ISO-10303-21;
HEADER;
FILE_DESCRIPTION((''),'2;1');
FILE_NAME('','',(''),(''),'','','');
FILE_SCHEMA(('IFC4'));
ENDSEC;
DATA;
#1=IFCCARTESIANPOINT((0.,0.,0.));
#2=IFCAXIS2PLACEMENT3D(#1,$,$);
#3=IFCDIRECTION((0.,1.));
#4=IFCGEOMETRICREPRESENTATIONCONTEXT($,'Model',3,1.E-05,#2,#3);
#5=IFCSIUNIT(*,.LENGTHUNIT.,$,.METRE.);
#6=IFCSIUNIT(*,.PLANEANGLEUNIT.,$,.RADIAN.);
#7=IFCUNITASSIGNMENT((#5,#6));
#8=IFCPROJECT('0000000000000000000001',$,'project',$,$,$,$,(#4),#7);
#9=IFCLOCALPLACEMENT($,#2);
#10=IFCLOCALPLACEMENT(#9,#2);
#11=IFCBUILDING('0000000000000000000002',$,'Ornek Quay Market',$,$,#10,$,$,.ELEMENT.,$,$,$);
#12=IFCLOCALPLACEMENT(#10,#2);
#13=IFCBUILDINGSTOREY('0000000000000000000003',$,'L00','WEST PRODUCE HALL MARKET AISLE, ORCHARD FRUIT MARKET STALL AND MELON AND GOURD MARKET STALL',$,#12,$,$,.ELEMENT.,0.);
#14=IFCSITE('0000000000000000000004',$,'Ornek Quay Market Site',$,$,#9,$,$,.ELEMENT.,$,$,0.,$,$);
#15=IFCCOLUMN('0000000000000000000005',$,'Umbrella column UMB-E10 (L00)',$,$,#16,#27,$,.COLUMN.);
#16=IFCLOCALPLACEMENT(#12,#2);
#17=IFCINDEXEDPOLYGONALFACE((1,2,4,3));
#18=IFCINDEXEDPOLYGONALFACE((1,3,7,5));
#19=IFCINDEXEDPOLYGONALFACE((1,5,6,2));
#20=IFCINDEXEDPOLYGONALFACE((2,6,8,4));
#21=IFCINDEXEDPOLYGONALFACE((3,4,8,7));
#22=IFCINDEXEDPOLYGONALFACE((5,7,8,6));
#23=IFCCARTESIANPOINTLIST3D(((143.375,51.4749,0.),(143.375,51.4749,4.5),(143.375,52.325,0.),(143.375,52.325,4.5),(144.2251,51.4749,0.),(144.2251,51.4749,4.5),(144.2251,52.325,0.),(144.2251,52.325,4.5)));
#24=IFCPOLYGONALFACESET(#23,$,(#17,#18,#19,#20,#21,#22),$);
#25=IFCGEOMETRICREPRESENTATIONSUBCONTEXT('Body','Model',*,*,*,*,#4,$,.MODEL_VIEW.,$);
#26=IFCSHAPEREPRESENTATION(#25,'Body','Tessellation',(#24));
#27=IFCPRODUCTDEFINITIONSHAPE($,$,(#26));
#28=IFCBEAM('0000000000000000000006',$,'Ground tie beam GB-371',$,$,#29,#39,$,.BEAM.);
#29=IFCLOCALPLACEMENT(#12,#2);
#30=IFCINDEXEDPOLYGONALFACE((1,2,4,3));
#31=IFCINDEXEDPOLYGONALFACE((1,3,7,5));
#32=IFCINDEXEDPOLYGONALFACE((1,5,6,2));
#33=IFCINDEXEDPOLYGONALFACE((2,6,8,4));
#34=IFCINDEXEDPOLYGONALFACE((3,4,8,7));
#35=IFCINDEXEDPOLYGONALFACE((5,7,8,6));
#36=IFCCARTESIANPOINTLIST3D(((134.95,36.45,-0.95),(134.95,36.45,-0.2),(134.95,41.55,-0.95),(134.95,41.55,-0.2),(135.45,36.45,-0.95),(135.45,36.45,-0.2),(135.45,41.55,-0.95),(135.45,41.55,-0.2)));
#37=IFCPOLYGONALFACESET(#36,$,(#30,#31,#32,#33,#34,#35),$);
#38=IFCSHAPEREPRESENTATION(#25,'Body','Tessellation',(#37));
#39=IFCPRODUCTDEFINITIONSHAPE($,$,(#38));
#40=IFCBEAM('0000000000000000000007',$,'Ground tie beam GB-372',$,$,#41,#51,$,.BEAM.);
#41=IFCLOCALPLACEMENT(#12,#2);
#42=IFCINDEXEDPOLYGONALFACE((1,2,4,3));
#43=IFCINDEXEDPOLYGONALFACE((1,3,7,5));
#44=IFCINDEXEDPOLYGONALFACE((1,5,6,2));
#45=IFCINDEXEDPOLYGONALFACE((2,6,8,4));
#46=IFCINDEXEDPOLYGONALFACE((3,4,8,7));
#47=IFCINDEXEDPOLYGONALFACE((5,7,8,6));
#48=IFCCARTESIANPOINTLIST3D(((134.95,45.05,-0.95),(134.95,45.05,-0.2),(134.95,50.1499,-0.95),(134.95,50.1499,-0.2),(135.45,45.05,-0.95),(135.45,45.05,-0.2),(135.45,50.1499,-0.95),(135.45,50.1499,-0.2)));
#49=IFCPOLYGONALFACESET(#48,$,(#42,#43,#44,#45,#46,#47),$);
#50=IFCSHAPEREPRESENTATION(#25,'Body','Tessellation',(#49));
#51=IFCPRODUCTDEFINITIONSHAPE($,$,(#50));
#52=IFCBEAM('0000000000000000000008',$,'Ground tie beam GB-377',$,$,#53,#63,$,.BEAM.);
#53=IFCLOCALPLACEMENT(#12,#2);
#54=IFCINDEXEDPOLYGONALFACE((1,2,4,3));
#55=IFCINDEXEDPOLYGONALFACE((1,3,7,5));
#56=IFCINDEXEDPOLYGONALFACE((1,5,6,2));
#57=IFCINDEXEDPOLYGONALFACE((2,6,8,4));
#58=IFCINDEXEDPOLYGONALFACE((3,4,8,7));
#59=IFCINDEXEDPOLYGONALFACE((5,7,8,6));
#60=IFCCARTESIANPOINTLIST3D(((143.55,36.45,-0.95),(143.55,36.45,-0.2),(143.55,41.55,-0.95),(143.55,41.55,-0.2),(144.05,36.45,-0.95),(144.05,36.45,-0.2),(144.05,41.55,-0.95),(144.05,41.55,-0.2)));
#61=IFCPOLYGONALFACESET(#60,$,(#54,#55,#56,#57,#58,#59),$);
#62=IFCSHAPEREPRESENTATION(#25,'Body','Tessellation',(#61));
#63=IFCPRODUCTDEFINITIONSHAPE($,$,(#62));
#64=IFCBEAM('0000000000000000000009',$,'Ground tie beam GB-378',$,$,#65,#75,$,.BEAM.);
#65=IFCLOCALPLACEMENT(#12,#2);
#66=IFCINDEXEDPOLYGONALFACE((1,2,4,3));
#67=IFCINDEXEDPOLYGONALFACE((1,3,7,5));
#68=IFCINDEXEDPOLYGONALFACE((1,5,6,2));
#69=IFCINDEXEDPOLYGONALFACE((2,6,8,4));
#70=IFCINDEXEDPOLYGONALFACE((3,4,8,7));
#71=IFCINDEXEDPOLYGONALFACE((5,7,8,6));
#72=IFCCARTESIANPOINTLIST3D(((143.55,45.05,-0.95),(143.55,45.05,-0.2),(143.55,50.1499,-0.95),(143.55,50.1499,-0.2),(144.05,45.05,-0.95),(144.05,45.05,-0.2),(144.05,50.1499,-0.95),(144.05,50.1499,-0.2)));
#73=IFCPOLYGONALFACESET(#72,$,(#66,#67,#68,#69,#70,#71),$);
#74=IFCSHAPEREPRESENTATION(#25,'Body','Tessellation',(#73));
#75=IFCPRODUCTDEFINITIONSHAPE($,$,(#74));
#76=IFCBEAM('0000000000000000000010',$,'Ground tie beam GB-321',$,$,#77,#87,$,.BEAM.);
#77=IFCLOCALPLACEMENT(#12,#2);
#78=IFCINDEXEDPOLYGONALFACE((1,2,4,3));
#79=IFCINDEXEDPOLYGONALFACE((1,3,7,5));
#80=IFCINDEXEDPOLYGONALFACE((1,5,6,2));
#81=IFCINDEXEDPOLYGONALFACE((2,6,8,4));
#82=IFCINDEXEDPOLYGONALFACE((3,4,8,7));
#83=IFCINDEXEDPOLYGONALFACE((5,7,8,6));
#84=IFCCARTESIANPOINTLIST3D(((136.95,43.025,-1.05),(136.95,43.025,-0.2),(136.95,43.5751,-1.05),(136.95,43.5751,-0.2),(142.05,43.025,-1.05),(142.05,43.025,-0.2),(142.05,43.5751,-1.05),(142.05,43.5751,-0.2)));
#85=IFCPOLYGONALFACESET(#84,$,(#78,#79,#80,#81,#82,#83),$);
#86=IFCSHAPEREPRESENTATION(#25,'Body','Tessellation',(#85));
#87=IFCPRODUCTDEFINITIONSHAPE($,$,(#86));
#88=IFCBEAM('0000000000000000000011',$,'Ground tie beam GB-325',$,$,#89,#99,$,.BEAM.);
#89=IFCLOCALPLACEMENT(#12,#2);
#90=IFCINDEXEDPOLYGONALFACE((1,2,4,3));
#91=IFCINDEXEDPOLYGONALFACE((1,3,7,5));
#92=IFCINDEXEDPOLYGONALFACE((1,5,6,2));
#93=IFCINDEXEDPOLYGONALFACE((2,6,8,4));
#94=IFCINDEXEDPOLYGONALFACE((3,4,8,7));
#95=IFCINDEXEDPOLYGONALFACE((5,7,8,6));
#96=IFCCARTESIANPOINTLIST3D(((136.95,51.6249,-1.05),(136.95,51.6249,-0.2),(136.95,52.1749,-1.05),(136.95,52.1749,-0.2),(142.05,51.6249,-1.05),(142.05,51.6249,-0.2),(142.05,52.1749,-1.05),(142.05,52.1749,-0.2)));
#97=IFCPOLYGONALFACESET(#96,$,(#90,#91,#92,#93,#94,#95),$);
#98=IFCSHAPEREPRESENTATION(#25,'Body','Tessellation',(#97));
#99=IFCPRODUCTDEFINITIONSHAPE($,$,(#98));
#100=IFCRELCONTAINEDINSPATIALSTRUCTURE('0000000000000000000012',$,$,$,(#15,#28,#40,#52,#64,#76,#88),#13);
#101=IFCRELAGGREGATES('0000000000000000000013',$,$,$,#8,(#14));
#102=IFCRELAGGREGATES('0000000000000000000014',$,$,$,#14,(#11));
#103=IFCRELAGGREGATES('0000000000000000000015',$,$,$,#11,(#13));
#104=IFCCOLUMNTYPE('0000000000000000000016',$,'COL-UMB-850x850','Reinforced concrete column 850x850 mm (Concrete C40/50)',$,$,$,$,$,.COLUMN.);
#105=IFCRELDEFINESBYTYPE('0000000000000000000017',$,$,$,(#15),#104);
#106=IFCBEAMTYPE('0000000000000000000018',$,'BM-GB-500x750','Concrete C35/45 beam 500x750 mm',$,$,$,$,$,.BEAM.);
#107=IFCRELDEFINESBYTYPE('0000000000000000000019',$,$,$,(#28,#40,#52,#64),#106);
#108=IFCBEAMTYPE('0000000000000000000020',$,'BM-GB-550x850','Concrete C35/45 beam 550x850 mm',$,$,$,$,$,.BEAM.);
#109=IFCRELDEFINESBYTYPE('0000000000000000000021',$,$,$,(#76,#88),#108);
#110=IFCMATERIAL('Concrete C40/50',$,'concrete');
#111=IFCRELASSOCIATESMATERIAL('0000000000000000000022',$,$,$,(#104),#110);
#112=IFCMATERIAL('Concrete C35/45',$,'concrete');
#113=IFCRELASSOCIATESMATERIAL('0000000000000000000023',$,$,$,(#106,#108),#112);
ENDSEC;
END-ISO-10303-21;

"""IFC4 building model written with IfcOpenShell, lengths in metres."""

from ifc_helpers import new_model, si_unit, direction, frame, origin, origin_2d, place, context, subcontext, project, spatial, rectangle, extrude, material, material_profile, profile_set, type_object, element, save


model = new_model("IFC4")

# Units and contexts
model_context = context("Model", 3, precision=1e-05, world=origin(), true_north=direction((0.0, 1.0)))
body_context = subcontext(model_context, "Body", "Model", "MODEL_VIEW")
ifc_project = project(units=[si_unit("LENGTHUNIT", "METRE"), si_unit("PLANEANGLEUNIT", "RADIAN")], contexts=[model_context])

# Site, building, storey
site_placement = place(None, origin())
site = spatial("IfcSite", under=ifc_project, at=site_placement, Name="Ornek Quay Market Site", CompositionType="ELEMENT", RefElevation=0.0)
building_placement = place(site_placement, origin())
building = spatial("IfcBuilding", under=site, at=building_placement, Name="Ornek Quay Market", CompositionType="ELEMENT")
storey_placement = place(building_placement, origin())
storey = spatial("IfcBuildingStorey", under=building, at=storey_placement, Name="L00", Description="WEST PRODUCE HALL MARKET AISLE, ORCHARD FRUIT MARKET STALL AND MELON AND GOURD MARKET STALL", CompositionType="ELEMENT", Elevation=0.0)

# Shared definitions
ifc_material_1 = material(Name="Concrete C35/45", Category="concrete")

# Column
ifc_material_2 = material(Name="Concrete C40/50", Category="concrete")
ifc_material_profile_1 = material_profile(ifc_material_2, rectangle(XDim=0.8501, YDim=0.8501, at=origin_2d()), Name="RC 850x850", Category="concrete")
ifc_profile_set_1 = profile_set([ifc_material_profile_1], Name="Concrete C40/50")
column_type = type_object("IfcColumnType", Name="COL-UMB-850x850", Description="Reinforced concrete column 850x850 mm (Concrete C40/50)", PredefinedType="COLUMN", material=ifc_profile_set_1)
for number, where, z_axis, x_axis, name in (
    (1, (143.8, 51.8999, 0.0), (0.0, 0.0, 1.0), (1.0, 0.0, 0.0), "Umbrella column UMB-E10 (L00)"),
):
    element("IfcColumn", number, at=place(storey_placement, frame(where, z_axis=z_axis, x_axis=x_axis)), inside=storey, type_object=column_type, Name=name, PredefinedType="COLUMN", context=body_context, shape_type="SweptSolid", body=[
        extrude(rectangle(XDim=0.8501, YDim=0.8501, at=origin_2d()), origin(), (0.0, 0.0, 1.0), 4.5),
    ])

# Beams
ifc_material_profile_2 = material_profile(ifc_material_1, rectangle(XDim=0.5, YDim=0.75, at=origin_2d()), Name="RC 500x750", Category="concrete")
ifc_profile_set_2 = profile_set([ifc_material_profile_2], Name="Concrete C35/45")
beam_type_1 = type_object("IfcBeamType", Name="BM-GB-500x750", Description="Concrete C35/45 beam 500x750 mm", PredefinedType="BEAM", material=ifc_profile_set_2)
beam_1_placement = place(storey_placement, frame((135.2, 36.45, -0.575), z_axis=(0.0, 1.0, 0.0), x_axis=(-1.0, 0.0, 0.0)))
element("IfcBeam", 2, at=beam_1_placement, inside=storey, type_object=beam_type_1, Name="Ground tie beam GB-371", PredefinedType="BEAM", context=body_context, shape_type="SweptSolid", body=[
    extrude(rectangle(XDim=0.5, YDim=0.75, at=origin_2d()), origin(), (0.0, 0.0, 1.0), 5.1001),
])
beam_2_placement = place(storey_placement, frame((135.2, 45.05, -0.575), z_axis=(0.0, 1.0, 0.0), x_axis=(-1.0, 0.0, 0.0)))
element("IfcBeam", 3, at=beam_2_placement, inside=storey, type_object=beam_type_1, Name="Ground tie beam GB-372", PredefinedType="BEAM", context=body_context, shape_type="SweptSolid", body=[
    extrude(rectangle(XDim=0.5, YDim=0.75, at=origin_2d()), origin(), (0.0, 0.0, 1.0), 5.0999),
])
beam_3_placement = place(storey_placement, frame((143.8, 36.45, -0.575), z_axis=(0.0, 1.0, 0.0), x_axis=(-1.0, 0.0, 0.0)))
element("IfcBeam", 4, at=beam_3_placement, inside=storey, type_object=beam_type_1, Name="Ground tie beam GB-377", PredefinedType="BEAM", context=body_context, shape_type="SweptSolid", body=[
    extrude(rectangle(XDim=0.5, YDim=0.75, at=origin_2d()), origin(), (0.0, 0.0, 1.0), 5.1001),
])
beam_4_placement = place(storey_placement, frame((143.8, 45.05, -0.575), z_axis=(0.0, 1.0, 0.0), x_axis=(-1.0, 0.0, 0.0)))
element("IfcBeam", 5, at=beam_4_placement, inside=storey, type_object=beam_type_1, Name="Ground tie beam GB-378", PredefinedType="BEAM", context=body_context, shape_type="SweptSolid", body=[
    extrude(rectangle(XDim=0.5, YDim=0.75, at=origin_2d()), origin(), (0.0, 0.0, 1.0), 5.0999),
])
ifc_material_profile_3 = material_profile(ifc_material_1, rectangle(XDim=0.55, YDim=0.8501, at=origin_2d()), Name="RC 550x850", Category="concrete")
ifc_profile_set_3 = profile_set([ifc_material_profile_3], Name="Concrete C35/45")
beam_type_2 = type_object("IfcBeamType", Name="BM-GB-550x850", Description="Concrete C35/45 beam 550x850 mm", PredefinedType="BEAM", material=ifc_profile_set_3)
for number, where, z_axis, x_axis, name in (
    (6, (136.95, 43.3, -0.625), (1.0, 0.0, 0.0), (0.0, 1.0, 0.0), "Ground tie beam GB-321"),
    (7, (136.95, 51.8999, -0.625), (1.0, 0.0, 0.0), (0.0, 1.0, 0.0), "Ground tie beam GB-325"),
):
    element("IfcBeam", number, at=place(storey_placement, frame(where, z_axis=z_axis, x_axis=x_axis)), inside=storey, type_object=beam_type_2, Name=name, PredefinedType="BEAM", context=body_context, shape_type="SweptSolid", body=[
        extrude(rectangle(XDim=0.55, YDim=0.8501, at=origin_2d()), origin(), (0.0, 0.0, 1.0), 5.1001),
    ])

save(model, "model.ifc")
